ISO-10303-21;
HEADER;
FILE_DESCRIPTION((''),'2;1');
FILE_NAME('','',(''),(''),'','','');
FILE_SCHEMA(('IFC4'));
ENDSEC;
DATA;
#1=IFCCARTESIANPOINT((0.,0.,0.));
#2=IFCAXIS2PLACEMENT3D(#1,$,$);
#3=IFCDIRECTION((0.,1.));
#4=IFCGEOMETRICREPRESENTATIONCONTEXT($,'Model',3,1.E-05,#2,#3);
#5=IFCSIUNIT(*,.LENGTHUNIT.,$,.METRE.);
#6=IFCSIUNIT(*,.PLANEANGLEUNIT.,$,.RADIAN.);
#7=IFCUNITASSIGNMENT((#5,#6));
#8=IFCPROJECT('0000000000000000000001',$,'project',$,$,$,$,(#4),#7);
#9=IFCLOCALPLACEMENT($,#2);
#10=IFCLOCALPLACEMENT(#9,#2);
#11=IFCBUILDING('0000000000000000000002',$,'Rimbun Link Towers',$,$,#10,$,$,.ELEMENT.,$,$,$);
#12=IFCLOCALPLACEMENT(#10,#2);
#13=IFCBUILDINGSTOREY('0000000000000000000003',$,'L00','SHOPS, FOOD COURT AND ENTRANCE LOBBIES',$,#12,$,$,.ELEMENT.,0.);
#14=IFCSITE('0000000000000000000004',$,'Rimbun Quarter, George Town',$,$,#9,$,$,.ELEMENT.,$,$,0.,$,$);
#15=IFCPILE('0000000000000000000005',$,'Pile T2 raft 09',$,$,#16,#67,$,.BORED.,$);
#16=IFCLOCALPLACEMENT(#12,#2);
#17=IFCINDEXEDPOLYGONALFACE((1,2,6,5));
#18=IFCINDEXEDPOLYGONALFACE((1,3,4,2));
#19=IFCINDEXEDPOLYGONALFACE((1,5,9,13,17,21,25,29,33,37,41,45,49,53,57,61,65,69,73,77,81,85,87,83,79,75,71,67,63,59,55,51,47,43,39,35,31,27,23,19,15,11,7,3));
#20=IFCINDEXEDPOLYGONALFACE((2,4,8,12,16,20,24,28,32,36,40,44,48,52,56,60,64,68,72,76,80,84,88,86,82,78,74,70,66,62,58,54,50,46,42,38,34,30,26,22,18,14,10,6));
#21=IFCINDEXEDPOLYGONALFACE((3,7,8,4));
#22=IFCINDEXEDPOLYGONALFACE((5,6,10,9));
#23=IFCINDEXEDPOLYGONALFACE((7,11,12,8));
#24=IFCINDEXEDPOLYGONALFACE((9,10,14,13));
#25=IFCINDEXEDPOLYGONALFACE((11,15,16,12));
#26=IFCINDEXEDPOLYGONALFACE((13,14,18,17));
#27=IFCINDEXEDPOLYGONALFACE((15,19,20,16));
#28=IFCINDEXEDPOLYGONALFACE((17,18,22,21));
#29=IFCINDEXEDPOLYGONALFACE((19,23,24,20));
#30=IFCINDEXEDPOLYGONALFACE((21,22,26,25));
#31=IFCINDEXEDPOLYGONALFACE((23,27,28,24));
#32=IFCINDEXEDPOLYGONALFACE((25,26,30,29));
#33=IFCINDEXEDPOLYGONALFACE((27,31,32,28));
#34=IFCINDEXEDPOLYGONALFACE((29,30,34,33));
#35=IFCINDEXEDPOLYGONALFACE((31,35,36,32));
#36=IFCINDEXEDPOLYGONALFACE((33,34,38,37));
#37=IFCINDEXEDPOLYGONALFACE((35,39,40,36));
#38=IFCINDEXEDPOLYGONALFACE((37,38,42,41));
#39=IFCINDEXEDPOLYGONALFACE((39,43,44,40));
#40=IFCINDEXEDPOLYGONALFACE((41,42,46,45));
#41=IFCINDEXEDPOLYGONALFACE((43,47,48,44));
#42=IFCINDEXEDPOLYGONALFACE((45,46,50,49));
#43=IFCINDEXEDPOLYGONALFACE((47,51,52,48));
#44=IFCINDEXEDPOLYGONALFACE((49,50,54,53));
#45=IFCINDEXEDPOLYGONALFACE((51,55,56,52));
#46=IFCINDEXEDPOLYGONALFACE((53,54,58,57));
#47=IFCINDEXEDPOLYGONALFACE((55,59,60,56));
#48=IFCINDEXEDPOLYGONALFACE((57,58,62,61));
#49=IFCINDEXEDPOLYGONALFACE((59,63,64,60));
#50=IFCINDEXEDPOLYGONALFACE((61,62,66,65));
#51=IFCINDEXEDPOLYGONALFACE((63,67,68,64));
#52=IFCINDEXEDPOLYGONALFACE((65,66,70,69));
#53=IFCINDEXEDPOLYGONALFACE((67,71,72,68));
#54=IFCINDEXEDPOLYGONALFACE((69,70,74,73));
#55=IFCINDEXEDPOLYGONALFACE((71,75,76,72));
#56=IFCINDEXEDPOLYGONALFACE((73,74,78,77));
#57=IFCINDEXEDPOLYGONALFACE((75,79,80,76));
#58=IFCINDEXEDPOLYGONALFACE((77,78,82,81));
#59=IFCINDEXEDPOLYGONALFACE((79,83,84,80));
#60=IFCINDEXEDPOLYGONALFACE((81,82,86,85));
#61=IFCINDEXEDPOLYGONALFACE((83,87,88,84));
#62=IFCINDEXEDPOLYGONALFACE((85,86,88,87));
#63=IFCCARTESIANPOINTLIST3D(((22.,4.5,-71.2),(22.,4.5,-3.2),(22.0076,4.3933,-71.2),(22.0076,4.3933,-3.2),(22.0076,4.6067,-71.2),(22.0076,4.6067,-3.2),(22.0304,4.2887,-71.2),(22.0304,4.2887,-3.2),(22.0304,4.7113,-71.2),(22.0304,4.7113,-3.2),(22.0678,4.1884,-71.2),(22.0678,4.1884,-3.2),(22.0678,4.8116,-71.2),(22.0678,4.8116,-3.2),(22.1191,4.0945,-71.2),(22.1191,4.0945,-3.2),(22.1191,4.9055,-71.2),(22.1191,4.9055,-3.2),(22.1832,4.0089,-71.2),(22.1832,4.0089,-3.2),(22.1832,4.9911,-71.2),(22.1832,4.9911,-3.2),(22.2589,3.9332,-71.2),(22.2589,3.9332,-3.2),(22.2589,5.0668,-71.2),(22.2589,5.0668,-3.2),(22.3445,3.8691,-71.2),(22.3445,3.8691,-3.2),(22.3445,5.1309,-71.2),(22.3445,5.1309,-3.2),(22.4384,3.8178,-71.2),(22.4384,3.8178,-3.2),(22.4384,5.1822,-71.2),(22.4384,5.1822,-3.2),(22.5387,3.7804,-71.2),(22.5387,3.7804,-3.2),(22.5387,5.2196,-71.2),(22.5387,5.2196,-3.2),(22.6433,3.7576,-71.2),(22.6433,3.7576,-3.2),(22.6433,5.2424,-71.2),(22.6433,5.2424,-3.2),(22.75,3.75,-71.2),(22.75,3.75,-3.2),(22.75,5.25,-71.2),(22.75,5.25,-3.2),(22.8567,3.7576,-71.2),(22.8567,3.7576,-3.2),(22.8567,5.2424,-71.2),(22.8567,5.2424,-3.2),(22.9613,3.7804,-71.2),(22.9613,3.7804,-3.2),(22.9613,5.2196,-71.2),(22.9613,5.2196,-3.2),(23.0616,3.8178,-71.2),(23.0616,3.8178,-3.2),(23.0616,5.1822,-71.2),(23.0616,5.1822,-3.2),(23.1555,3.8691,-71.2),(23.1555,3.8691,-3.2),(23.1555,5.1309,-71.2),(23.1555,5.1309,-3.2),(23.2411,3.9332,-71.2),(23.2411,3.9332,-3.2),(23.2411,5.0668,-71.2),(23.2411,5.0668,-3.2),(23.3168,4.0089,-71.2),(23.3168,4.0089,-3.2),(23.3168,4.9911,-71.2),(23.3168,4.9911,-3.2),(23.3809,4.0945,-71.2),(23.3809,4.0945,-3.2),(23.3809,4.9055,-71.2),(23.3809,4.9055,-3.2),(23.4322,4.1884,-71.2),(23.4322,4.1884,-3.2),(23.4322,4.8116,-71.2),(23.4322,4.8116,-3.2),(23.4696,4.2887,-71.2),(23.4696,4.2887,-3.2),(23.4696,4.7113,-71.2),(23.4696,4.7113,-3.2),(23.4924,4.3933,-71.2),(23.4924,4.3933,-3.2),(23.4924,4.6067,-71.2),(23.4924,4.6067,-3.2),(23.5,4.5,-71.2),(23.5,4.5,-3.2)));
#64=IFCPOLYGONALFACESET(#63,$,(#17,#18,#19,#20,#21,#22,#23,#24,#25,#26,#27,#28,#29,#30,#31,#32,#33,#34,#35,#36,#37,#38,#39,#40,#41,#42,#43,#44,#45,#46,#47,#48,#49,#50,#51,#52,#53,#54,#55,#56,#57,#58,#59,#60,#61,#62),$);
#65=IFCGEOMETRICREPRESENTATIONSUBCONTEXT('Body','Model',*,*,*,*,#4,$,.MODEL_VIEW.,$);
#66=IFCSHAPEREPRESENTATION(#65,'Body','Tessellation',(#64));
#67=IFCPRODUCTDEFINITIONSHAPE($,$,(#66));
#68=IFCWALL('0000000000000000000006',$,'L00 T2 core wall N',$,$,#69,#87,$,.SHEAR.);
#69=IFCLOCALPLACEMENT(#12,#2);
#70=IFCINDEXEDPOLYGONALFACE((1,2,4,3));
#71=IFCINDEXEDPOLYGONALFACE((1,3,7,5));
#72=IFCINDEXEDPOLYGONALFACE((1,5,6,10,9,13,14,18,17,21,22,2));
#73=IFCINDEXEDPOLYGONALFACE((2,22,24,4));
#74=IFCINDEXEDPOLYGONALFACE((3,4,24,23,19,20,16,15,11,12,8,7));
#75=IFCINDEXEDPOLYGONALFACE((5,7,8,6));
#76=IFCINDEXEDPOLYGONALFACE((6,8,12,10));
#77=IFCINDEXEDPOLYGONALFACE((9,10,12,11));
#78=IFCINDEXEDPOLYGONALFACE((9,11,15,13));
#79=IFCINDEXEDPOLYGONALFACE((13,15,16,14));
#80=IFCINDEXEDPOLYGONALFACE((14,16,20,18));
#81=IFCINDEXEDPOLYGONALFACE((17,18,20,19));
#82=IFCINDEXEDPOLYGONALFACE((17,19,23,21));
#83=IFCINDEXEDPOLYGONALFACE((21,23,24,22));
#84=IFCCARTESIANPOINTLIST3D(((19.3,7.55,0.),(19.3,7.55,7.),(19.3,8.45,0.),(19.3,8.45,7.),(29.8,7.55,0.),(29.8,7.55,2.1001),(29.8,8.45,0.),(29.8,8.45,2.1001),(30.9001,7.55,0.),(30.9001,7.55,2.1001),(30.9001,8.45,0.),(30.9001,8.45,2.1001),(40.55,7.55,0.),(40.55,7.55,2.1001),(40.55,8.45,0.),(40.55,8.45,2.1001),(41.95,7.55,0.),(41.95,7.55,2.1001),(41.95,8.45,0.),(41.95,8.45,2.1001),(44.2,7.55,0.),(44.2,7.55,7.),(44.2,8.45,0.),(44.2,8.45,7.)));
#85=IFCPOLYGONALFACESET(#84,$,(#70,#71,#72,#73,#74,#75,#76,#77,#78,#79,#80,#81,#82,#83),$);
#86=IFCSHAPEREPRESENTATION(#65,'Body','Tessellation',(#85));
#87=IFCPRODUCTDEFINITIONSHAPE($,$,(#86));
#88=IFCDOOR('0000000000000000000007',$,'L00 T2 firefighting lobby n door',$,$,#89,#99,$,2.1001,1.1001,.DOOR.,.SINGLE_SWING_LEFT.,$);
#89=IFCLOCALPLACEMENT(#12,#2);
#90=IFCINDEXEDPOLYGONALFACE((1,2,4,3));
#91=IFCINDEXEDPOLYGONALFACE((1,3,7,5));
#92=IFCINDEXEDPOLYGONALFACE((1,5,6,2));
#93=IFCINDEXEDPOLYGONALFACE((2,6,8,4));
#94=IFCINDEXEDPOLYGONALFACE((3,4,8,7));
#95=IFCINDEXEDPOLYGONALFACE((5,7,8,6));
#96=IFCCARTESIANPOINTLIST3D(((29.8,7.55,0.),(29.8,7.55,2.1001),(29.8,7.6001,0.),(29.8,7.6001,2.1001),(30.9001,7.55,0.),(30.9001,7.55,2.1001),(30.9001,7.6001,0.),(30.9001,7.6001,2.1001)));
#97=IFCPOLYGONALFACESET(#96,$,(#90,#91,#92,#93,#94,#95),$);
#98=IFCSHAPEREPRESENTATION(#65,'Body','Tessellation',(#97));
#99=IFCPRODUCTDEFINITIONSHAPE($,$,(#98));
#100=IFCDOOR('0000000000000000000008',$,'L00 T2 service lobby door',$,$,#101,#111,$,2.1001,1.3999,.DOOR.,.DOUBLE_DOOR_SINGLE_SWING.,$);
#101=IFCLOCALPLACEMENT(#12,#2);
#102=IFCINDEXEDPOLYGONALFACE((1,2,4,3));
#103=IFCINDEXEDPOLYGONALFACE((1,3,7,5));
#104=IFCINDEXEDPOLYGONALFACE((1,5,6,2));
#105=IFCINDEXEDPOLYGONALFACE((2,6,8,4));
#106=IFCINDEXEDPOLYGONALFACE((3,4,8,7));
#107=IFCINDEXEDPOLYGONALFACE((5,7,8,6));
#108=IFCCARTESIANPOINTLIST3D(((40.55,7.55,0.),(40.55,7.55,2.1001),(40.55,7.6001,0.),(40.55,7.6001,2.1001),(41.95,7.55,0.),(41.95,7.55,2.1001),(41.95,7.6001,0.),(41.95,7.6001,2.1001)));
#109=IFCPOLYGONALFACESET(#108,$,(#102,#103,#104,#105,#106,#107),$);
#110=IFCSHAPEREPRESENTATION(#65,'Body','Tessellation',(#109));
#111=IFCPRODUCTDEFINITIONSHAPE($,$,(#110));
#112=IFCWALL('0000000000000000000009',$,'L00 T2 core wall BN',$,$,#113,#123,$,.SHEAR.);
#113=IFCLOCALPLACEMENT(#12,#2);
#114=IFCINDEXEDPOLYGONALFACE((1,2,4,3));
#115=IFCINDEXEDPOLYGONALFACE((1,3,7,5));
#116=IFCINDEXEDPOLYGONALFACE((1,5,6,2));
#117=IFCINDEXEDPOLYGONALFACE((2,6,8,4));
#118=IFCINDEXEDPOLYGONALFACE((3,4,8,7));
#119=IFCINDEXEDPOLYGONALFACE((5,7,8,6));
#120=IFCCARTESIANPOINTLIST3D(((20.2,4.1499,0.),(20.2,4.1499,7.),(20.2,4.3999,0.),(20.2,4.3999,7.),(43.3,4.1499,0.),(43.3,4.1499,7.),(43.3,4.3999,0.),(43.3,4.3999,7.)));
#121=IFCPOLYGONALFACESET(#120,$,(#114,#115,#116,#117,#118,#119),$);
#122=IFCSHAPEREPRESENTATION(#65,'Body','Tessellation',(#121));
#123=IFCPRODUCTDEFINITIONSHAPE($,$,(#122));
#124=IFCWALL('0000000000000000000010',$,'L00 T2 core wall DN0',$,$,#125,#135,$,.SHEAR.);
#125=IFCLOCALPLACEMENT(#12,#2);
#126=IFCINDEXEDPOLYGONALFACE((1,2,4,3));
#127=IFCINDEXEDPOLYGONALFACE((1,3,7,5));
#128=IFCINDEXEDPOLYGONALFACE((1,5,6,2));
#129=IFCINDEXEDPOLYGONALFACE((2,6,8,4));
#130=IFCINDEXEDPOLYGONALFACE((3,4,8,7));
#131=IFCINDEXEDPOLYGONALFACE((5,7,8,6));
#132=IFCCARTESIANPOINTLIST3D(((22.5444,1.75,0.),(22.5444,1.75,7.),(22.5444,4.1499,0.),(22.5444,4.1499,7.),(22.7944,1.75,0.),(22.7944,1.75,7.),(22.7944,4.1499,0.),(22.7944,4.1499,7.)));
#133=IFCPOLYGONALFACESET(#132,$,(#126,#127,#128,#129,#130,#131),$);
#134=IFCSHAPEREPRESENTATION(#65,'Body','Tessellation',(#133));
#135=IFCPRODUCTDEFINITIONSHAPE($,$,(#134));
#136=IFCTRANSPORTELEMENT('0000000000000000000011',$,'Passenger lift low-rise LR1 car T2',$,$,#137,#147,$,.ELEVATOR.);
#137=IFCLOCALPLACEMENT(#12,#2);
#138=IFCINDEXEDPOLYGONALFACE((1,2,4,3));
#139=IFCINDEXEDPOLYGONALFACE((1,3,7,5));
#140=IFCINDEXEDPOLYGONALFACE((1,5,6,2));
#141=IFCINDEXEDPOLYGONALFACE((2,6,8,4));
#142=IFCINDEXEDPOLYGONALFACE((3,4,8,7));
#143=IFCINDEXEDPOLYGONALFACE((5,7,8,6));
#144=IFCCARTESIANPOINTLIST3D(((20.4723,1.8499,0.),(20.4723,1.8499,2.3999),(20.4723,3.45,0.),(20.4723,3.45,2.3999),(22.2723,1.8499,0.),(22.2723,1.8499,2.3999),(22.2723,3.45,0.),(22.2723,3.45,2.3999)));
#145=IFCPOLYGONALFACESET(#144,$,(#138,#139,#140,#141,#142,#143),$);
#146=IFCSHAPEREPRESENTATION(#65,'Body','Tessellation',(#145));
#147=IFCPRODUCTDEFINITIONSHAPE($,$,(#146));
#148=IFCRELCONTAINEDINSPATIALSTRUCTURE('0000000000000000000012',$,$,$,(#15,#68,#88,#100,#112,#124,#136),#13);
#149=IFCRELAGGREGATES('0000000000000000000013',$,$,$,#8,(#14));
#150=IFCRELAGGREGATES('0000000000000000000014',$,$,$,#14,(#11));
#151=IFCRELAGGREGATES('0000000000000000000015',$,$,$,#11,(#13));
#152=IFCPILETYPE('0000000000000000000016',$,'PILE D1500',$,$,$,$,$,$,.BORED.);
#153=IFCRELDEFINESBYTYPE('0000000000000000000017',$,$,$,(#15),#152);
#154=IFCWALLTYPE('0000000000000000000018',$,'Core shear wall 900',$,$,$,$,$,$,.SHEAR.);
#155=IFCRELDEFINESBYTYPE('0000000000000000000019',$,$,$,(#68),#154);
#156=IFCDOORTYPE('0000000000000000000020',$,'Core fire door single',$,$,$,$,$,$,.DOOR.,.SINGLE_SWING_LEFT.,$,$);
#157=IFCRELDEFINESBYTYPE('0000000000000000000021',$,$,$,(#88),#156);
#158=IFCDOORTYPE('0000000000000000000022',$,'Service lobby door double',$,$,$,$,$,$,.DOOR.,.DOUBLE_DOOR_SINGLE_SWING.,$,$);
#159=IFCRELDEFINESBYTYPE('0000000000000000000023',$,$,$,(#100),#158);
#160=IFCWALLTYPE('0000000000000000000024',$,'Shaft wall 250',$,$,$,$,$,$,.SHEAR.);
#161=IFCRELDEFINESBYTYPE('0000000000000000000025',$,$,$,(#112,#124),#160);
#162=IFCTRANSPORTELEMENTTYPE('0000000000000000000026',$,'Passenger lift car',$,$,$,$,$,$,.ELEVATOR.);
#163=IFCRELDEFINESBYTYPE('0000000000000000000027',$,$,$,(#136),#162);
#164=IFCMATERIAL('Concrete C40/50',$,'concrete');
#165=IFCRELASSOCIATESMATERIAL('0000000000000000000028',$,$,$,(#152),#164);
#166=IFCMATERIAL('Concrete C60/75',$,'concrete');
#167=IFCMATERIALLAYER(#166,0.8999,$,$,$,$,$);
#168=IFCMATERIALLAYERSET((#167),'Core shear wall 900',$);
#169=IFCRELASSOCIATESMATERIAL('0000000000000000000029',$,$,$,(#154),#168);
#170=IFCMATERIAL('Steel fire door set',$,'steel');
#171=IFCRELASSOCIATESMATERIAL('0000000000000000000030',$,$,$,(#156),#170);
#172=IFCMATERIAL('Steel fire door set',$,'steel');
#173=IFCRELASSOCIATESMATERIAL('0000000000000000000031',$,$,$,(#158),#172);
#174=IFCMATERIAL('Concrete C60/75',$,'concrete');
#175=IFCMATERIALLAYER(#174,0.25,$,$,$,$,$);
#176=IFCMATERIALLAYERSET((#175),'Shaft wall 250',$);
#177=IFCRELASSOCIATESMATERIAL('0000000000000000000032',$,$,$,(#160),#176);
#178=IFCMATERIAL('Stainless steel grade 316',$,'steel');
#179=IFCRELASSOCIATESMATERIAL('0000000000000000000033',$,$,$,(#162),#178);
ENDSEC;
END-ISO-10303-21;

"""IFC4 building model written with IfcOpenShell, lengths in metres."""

from ifc_helpers import new_model, si_unit, direction, frame, frame_2d, origin, origin_2d, place, context, subcontext, project, spatial, rectangle, circle, extrude, material, layer, layer_set, material_profile, profile_set, type_object, element, fill, save


model = new_model("IFC4")

# Units and contexts
model_context = context("Model", 3, precision=1e-05, world=origin(), true_north=direction((0.0, 1.0)))
body_context = subcontext(model_context, "Body", "Model", "MODEL_VIEW")
ifc_project = project(units=[si_unit("LENGTHUNIT", "METRE"), si_unit("PLANEANGLEUNIT", "RADIAN")], contexts=[model_context])

# Site, building, storey
site_placement = place(None, origin())
site = spatial("IfcSite", under=ifc_project, at=site_placement, Name="Rimbun Quarter, George Town", CompositionType="ELEMENT", RefElevation=0.0)
building_placement = place(site_placement, origin())
building = spatial("IfcBuilding", under=site, at=building_placement, Name="Rimbun Link Towers", CompositionType="ELEMENT")
storey_placement = place(building_placement, origin())
storey = spatial("IfcBuildingStorey", under=building, at=storey_placement, Name="L00", Description="SHOPS, FOOD COURT AND ENTRANCE LOBBIES", CompositionType="ELEMENT", Elevation=0.0)

# Pile
ifc_material_1 = material(Name="Concrete C40/50", Category="concrete")
ifc_material_profile = material_profile(ifc_material_1, circle(Radius=0.75, at=origin_2d()), Name="PILE D1500")
ifc_profile_set = profile_set([ifc_material_profile], Name="Concrete C40/50")
pile_type = type_object("IfcPileType", Name="PILE D1500", PredefinedType="BORED", material=ifc_profile_set)
for number, where, z_axis, x_axis, name in (
    (1, (22.75, 4.5, -3.2), (0.0, 0.0, -1.0), (1.0, 0.0, 0.0), "Pile T2 raft 09"),
):
    element("IfcPile", number, at=place(storey_placement, frame(where, z_axis=z_axis, x_axis=x_axis)), inside=storey, type_object=pile_type, Name=name, PredefinedType="BORED", context=body_context, shape_type="SweptSolid", body=[
        extrude(circle(Radius=0.75, at=origin_2d()), origin(), (0.0, 0.0, 1.0), 68.0),
    ])

# Wall, openings, doors
ifc_material_2 = material(Name="Concrete C60/75", Category="concrete")
ifc_layer_1 = layer(ifc_material_2, 0.8999)
ifc_layer_set_1 = layer_set([ifc_layer_1], Name="Core shear wall 900")
wall_type_1 = type_object("IfcWallType", Name="Core shear wall 900", PredefinedType="SHEAR", material=ifc_layer_set_1)
wall_1_placement = place(storey_placement, frame((19.3, 8.0, 0.0), z_axis=(0.0, 0.0, 1.0), x_axis=(1.0, 0.0, 0.0)))
wall_1 = element("IfcWall", 2, at=wall_1_placement, inside=storey, type_object=wall_type_1, Name="L00 T2 core wall N", PredefinedType="SHEAR", context=body_context, shape_type="SweptSolid", body=[
    extrude(rectangle(XDim=24.8999, YDim=0.8999, at=frame_2d((12.45, 0.0))), origin(), (0.0, 0.0, 1.0), 7.0),
])
opening_1_placement = place(wall_1_placement, frame((10.5, 0.0, 0.0)))
opening_1 = element("IfcOpeningElement", 3, at=opening_1_placement, cuts=wall_1, PredefinedType="OPENING", context=body_context, shape_type="SweptSolid", body=[
    extrude(rectangle(XDim=1.1001, YDim=2.1001, at=frame_2d((0.55, 1.05))), frame((0.0, 0.46, 0.0), z_axis=(0.0, -1.0, 0.0), x_axis=(1.0, 0.0, 0.0)), (0.0, 0.0, 1.0), 0.9199),
])
opening_2_placement = place(wall_1_placement, frame((21.25, 0.0, 0.0)))
opening_2 = element("IfcOpeningElement", 4, at=opening_2_placement, cuts=wall_1, PredefinedType="OPENING", context=body_context, shape_type="SweptSolid", body=[
    extrude(rectangle(XDim=1.3999, YDim=2.1001, at=frame_2d((0.7, 1.05))), frame((0.0, 0.46, 0.0), z_axis=(0.0, -1.0, 0.0), x_axis=(1.0, 0.0, 0.0)), (0.0, 0.0, 1.0), 0.9199),
])
ifc_material_3 = material(Name="Steel fire door set", Category="steel")
door_type_1 = type_object("IfcDoorType", Name="Core fire door single", OperationType="SINGLE_SWING_LEFT", PredefinedType="DOOR", material=ifc_material_3)
door_1_placement = place(opening_1_placement, origin())
door_1 = element("IfcDoor", 5, at=door_1_placement, inside=storey, type_object=door_type_1, Name="L00 T2 firefighting lobby n door", OperationType="SINGLE_SWING_LEFT", OverallHeight=2.1001, OverallWidth=1.1001, PredefinedType="DOOR", context=body_context, shape_type="SweptSolid", body=[
    extrude(rectangle(XDim=1.1001, YDim=2.1001, at=frame_2d((0.55, 1.05))), frame((0.0, -0.3999, 0.0), z_axis=(0.0, -1.0, 0.0), x_axis=(1.0, 0.0, 0.0)), (0.0, 0.0, 1.0), 0.05),
])
fill(opening_1, door_1)
ifc_material_4 = material(Name="Steel fire door set", Category="steel")
door_type_2 = type_object("IfcDoorType", Name="Service lobby door double", OperationType="DOUBLE_DOOR_SINGLE_SWING", PredefinedType="DOOR", material=ifc_material_4)
door_2_placement = place(opening_2_placement, origin())
door_2 = element("IfcDoor", 6, at=door_2_placement, inside=storey, type_object=door_type_2, Name="L00 T2 service lobby door", OperationType="DOUBLE_DOOR_SINGLE_SWING", OverallHeight=2.1001, OverallWidth=1.3999, PredefinedType="DOOR", context=body_context, shape_type="SweptSolid", body=[
    extrude(rectangle(XDim=1.3999, YDim=2.1001, at=frame_2d((0.7, 1.05))), frame((0.0, -0.3999, 0.0), z_axis=(0.0, -1.0, 0.0), x_axis=(1.0, 0.0, 0.0)), (0.0, 0.0, 1.0), 0.05),
])
fill(opening_2, door_2)

# Wall
ifc_material_5 = material(Name="Concrete C60/75", Category="concrete")
ifc_layer_2 = layer(ifc_material_5, 0.25)
ifc_layer_set_2 = layer_set([ifc_layer_2], Name="Shaft wall 250")
wall_type_2 = type_object("IfcWallType", Name="Shaft wall 250", PredefinedType="SHEAR", material=ifc_layer_set_2)
wall_2_placement = place(storey_placement, frame((20.2, 4.2749, 0.0), z_axis=(0.0, 0.0, 1.0), x_axis=(1.0, 0.0, 0.0)))
element("IfcWall", 7, at=wall_2_placement, inside=storey, type_object=wall_type_2, Name="L00 T2 core wall BN", PredefinedType="SHEAR", context=body_context, shape_type="SweptSolid", body=[
    extrude(rectangle(XDim=23.1001, YDim=0.25, at=frame_2d((11.55, 0.0))), origin(), (0.0, 0.0, 1.0), 7.0),
])

# Wall
wall_3_placement = place(storey_placement, frame((22.6694, 1.75, 0.0), z_axis=(0.0, 0.0, 1.0), x_axis=(0.0, 1.0, 0.0)))
element("IfcWall", 8, at=wall_3_placement, inside=storey, type_object=wall_type_2, Name="L00 T2 core wall DN0", PredefinedType="SHEAR", context=body_context, shape_type="SweptSolid", body=[
    extrude(rectangle(XDim=2.3999, YDim=0.25, at=frame_2d((1.2, 0.0))), origin(), (0.0, 0.0, 1.0), 7.0),
])

# Transport element
ifc_material_6 = material(Name="Stainless steel grade 316", Category="steel")
transport_element_type = type_object("IfcTransportElementType", Name="Passenger lift car", PredefinedType="ELEVATOR", material=ifc_material_6)
transport_element_placement = place(storey_placement, frame((21.3723, 2.6499, 0.0), z_axis=(0.0, 0.0, 1.0), x_axis=(1.0, 0.0, 0.0)))
element("IfcTransportElement", 9, at=transport_element_placement, inside=storey, type_object=transport_element_type, Name="Passenger lift low-rise LR1 car T2", PredefinedType="ELEVATOR", context=body_context, shape_type="SweptSolid", body=[
    extrude(rectangle(XDim=1.8, YDim=1.6001, at=origin_2d()), origin(), (0.0, 0.0, 1.0), 2.3999),
])

save(model, "model.ifc")
